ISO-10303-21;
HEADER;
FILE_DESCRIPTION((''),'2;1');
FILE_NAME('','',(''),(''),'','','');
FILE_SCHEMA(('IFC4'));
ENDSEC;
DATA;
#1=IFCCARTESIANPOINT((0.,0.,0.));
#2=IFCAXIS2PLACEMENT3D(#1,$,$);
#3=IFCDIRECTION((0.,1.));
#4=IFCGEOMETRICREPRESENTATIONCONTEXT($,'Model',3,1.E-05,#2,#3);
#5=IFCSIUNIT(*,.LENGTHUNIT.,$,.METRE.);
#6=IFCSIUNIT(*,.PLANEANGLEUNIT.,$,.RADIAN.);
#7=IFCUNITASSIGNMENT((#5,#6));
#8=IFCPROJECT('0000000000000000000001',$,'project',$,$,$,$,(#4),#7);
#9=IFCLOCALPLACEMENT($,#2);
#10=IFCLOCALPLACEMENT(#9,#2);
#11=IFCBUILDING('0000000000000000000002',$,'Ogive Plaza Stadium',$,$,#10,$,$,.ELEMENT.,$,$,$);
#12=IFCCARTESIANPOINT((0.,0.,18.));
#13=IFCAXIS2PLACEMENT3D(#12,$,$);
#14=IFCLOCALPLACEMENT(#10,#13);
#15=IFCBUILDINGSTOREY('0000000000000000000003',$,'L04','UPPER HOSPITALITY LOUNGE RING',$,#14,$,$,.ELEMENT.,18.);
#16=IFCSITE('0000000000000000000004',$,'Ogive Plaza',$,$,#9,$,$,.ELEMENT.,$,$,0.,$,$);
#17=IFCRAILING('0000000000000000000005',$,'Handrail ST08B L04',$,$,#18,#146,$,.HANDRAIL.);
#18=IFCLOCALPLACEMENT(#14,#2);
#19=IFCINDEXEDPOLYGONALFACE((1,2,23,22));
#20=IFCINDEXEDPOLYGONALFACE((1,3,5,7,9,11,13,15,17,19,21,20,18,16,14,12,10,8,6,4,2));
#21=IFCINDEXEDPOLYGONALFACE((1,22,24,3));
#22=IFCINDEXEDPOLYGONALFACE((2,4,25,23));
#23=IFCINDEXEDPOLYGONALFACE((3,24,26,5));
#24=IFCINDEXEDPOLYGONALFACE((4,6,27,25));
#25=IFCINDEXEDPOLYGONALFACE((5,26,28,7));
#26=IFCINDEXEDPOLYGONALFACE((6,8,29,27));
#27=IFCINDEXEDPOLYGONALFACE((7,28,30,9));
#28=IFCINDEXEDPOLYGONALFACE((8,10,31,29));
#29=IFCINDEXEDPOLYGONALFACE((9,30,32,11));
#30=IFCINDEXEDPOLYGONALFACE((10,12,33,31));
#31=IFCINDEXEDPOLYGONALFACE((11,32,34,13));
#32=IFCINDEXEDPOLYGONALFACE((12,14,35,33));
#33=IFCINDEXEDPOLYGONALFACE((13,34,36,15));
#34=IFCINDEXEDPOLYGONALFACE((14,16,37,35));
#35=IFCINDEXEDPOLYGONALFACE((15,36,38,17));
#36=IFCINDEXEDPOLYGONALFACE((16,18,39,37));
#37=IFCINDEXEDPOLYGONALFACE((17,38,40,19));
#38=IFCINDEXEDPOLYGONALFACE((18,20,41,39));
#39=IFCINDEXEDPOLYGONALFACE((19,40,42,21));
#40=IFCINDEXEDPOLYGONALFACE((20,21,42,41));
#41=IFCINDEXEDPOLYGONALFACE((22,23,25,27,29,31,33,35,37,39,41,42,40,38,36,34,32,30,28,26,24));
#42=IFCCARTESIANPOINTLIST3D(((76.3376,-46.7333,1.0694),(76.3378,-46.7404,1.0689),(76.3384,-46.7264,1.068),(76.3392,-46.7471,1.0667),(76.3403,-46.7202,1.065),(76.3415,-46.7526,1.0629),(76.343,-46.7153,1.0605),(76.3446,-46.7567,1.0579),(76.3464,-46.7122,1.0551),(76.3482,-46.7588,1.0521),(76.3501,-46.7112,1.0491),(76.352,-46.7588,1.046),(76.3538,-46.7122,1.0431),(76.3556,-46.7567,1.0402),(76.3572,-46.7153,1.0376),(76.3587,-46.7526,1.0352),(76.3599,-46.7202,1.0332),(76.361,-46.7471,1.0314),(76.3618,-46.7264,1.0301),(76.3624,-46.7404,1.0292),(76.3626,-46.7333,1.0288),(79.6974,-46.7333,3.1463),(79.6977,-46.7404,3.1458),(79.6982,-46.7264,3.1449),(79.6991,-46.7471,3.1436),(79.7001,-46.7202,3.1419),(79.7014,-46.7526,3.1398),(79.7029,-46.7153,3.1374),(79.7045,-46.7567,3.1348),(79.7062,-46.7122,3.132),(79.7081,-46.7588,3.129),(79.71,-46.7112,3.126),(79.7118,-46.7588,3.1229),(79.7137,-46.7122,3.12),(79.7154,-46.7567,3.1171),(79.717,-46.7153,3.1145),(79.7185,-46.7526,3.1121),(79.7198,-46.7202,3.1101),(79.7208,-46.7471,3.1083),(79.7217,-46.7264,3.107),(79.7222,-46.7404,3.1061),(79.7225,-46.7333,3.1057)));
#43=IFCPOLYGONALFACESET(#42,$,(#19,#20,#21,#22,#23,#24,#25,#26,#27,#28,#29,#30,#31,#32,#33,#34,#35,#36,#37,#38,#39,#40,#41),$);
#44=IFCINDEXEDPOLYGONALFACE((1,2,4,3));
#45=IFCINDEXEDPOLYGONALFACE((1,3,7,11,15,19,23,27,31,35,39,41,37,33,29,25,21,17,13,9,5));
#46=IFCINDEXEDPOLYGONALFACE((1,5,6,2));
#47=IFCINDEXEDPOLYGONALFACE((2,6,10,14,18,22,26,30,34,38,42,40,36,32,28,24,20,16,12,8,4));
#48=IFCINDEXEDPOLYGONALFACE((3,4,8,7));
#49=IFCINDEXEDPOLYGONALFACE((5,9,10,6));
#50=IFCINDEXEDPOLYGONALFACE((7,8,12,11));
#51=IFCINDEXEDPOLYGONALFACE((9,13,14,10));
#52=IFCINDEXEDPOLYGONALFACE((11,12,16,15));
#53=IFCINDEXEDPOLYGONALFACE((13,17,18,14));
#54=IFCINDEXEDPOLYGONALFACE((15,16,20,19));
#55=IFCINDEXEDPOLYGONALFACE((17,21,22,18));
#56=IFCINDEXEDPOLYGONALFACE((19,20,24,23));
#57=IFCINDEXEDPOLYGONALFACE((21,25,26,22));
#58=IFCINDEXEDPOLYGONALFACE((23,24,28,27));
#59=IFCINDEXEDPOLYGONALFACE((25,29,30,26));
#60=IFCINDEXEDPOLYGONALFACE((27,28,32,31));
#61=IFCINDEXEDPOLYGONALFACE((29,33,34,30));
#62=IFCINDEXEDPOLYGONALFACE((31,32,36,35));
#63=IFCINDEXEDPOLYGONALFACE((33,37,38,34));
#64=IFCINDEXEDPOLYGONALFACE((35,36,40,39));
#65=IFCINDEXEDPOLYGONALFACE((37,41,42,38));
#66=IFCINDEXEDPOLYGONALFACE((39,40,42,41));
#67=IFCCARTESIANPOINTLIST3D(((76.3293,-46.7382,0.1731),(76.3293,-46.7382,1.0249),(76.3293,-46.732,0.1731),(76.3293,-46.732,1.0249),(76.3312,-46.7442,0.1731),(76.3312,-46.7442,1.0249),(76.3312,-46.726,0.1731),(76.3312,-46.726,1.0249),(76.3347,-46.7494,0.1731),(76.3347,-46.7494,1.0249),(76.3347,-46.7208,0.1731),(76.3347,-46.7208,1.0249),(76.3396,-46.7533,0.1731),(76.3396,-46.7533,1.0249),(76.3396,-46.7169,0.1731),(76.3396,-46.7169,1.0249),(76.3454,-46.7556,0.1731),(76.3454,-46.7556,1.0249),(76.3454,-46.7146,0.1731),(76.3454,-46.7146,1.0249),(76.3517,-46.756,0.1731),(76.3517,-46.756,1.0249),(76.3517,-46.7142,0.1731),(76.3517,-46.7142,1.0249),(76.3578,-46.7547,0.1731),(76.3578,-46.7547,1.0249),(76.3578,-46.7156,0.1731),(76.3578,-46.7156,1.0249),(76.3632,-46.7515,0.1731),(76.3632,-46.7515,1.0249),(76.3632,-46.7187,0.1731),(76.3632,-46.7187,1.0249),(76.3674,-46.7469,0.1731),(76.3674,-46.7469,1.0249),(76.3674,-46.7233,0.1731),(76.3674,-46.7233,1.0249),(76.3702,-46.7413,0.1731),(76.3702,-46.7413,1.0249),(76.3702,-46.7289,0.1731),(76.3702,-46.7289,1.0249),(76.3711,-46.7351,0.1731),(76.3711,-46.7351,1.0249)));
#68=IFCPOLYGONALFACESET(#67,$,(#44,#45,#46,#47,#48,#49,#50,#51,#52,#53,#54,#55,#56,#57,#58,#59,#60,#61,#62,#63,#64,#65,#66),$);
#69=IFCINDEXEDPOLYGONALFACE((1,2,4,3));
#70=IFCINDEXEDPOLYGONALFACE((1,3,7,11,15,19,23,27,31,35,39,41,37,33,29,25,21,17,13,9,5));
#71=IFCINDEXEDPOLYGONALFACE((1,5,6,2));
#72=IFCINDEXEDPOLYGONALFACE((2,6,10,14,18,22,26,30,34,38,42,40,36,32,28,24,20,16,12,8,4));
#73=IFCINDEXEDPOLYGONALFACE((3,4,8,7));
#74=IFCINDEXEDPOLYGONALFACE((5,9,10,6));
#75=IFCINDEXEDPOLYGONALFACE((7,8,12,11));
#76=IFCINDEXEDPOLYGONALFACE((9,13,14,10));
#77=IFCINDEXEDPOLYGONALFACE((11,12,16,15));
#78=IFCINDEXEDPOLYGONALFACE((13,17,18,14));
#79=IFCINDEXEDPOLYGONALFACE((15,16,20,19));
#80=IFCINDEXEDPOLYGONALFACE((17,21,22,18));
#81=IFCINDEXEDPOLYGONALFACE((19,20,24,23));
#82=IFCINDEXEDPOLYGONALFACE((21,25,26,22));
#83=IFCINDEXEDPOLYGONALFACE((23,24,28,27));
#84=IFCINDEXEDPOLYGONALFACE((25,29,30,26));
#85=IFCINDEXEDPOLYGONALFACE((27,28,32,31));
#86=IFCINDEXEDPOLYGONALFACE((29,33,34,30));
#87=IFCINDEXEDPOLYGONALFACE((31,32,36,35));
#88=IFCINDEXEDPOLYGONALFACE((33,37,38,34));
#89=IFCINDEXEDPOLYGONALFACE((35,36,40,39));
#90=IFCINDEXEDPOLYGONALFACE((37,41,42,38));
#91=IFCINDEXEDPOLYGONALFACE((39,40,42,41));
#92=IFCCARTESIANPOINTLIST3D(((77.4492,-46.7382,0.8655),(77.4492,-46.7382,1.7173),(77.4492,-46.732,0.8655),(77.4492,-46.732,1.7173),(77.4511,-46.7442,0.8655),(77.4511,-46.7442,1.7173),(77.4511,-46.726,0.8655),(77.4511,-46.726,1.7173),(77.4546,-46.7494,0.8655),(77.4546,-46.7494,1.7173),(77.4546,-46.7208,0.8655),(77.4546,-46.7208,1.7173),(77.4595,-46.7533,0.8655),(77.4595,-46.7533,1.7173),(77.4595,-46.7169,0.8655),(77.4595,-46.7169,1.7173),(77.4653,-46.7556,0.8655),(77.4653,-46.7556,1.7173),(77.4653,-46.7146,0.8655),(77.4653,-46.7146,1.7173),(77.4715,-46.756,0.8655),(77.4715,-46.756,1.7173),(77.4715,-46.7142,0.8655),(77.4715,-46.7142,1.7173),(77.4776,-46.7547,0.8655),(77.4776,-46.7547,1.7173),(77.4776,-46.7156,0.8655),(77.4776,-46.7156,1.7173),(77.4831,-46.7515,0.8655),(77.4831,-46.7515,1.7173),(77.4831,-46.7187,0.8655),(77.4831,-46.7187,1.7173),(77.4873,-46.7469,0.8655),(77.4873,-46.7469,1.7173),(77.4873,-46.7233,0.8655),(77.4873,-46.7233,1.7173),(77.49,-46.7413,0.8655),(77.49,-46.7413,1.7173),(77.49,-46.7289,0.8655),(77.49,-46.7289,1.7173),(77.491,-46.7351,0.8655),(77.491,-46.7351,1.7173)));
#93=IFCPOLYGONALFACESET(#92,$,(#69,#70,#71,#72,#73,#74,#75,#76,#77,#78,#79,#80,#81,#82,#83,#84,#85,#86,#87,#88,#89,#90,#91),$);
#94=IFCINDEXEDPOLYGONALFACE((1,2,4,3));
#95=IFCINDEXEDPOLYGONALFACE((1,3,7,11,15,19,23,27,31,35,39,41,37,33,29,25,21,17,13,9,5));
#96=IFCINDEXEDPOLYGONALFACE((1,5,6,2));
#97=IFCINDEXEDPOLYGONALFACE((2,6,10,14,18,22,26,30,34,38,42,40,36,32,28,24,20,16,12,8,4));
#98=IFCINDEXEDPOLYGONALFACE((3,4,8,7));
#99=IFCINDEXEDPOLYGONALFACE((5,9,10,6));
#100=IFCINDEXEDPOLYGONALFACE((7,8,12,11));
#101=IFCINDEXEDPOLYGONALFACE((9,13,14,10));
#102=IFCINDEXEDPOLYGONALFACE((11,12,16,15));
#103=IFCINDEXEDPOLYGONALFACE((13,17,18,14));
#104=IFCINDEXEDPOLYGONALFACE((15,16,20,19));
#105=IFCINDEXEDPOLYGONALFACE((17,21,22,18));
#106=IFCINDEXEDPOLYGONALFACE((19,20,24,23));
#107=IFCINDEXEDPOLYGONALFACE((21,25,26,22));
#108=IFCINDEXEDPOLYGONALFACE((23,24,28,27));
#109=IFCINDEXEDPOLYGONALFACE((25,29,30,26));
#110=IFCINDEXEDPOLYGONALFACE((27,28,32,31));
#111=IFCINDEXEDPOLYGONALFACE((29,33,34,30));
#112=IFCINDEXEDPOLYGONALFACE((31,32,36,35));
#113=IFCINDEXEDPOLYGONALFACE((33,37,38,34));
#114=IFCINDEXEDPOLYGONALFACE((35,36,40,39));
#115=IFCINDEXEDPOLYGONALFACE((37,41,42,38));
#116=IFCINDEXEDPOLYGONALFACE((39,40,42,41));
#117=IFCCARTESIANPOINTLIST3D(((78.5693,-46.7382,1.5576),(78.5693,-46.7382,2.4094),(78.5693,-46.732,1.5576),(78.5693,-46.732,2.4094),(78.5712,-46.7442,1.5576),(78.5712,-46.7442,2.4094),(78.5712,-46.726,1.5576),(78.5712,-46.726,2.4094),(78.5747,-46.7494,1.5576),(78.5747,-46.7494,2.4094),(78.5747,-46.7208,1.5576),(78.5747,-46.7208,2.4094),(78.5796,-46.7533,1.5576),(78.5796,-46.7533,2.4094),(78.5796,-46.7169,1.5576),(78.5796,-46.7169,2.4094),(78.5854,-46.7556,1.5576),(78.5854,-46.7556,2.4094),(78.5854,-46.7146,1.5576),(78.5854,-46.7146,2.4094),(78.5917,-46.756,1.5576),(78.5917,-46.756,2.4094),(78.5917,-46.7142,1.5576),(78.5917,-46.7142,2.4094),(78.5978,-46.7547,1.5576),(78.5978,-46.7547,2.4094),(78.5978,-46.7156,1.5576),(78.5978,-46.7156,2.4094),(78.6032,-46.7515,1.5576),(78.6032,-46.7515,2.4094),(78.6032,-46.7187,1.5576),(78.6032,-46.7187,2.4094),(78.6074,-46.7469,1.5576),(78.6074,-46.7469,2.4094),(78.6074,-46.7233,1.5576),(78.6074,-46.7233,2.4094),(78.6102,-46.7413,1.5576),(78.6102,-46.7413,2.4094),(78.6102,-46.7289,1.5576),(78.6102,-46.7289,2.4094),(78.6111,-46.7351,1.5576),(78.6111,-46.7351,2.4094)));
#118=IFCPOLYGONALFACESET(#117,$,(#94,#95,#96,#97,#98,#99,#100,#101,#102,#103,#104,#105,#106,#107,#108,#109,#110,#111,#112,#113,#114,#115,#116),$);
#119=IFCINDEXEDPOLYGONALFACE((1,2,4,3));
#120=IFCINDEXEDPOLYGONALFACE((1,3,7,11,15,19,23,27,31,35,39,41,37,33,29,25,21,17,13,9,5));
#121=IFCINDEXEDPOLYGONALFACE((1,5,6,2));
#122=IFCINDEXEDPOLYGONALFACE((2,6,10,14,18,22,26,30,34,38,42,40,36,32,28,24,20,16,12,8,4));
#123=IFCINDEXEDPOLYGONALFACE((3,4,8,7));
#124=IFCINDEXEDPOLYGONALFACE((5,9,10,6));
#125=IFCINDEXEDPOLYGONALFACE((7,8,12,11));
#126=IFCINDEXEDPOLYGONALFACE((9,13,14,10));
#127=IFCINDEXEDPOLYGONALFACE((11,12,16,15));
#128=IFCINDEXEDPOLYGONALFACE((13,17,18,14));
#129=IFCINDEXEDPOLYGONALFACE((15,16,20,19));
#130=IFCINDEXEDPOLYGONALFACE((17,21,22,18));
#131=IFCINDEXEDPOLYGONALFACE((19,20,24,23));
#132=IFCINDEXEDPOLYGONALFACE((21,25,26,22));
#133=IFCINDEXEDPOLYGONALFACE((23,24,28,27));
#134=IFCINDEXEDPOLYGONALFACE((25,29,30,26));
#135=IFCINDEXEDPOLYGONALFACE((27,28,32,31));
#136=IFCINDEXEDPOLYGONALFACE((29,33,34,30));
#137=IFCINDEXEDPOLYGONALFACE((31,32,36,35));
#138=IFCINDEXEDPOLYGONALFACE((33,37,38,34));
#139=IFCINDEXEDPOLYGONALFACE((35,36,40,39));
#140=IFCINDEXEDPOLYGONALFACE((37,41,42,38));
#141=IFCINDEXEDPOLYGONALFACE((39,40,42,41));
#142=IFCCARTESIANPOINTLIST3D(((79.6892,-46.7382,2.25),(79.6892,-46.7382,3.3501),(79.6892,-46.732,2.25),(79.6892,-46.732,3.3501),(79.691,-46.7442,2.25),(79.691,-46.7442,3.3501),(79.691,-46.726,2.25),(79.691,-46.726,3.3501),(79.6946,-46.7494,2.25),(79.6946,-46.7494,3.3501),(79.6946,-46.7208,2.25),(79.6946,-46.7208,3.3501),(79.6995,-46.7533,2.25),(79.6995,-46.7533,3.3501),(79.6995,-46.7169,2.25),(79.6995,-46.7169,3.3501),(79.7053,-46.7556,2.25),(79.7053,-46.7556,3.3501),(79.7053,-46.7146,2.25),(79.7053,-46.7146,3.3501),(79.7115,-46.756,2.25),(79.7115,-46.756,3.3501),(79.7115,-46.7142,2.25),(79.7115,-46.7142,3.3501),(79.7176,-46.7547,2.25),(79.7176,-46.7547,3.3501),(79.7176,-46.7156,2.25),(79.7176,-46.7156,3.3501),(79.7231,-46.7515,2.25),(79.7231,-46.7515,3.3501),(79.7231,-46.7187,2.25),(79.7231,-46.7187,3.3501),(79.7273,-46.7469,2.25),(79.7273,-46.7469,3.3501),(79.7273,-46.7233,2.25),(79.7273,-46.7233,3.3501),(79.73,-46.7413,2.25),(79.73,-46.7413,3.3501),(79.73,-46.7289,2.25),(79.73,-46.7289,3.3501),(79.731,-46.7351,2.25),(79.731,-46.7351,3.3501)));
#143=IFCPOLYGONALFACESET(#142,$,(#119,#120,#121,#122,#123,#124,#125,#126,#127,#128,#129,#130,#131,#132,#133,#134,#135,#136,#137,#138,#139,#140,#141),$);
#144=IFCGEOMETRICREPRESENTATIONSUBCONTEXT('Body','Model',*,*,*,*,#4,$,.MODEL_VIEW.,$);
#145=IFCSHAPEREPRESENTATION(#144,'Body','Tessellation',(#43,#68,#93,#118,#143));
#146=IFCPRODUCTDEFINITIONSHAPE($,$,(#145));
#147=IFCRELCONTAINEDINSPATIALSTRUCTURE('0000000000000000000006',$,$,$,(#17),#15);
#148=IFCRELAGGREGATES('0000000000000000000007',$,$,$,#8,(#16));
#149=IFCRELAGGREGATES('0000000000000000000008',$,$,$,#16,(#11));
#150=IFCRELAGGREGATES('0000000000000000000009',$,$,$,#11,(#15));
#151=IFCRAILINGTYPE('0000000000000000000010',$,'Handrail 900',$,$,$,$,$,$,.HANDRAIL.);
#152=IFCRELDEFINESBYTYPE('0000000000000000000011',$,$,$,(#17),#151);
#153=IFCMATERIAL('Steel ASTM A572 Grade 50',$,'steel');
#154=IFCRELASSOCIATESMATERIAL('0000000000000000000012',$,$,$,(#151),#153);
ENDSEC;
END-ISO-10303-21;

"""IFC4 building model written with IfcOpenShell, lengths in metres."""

from ifc_helpers import new_model, si_unit, direction, frame, origin, origin_2d, place, context, subcontext, project, spatial, circle, extrude, material, type_object, element, save


model = new_model("IFC4")

# Units and contexts
model_context = context("Model", 3, precision=1e-05, world=origin(), true_north=direction((0.0, 1.0)))
body_context = subcontext(model_context, "Body", "Model", "MODEL_VIEW")
ifc_project = project(units=[si_unit("LENGTHUNIT", "METRE"), si_unit("PLANEANGLEUNIT", "RADIAN")], contexts=[model_context])

# Site, building, storey
site_placement = place(None, origin())
site = spatial("IfcSite", under=ifc_project, at=site_placement, Name="Ogive Plaza", CompositionType="ELEMENT", RefElevation=0.0)
building_placement = place(site_placement, origin())
building = spatial("IfcBuilding", under=site, at=building_placement, Name="Ogive Plaza Stadium", CompositionType="ELEMENT")
storey_placement = place(building_placement, frame((0.0, 0.0, 18.0)))
storey = spatial("IfcBuildingStorey", under=building, at=storey_placement, Name="L04", Description="UPPER HOSPITALITY LOUNGE RING", CompositionType="ELEMENT", Elevation=18.0)

# Railing
ifc_material_1 = material(Name="Steel ASTM A572 Grade 50", Category="steel")
railing_type_1 = type_object("IfcRailingType", Name="Handrail 900", PredefinedType="HANDRAIL", material=ifc_material_1)
for number, where, name in (
    (1, (76.3501, -46.7351, 0.1731), "Handrail ST08B L04"),
):
    element("IfcRailing", number, at=place(storey_placement, frame(where)), inside=storey, type_object=railing_type_1, Name=name, PredefinedType="HANDRAIL", context=body_context, shape_type="SweptSolid", body=[
        extrude(circle(Radius=0.0239, at=origin_2d()), frame((0.0, 0.0, 0.876), z_axis=(0.850606, 0.0, 0.525803), x_axis=(0.0, 1.0, 0.0)), (0.0, 0.0, 1.0), 3.95),
        extrude(circle(Radius=0.021, at=origin_2d()), origin(), (0.0, 0.0, 1.0), 0.8518),
        extrude(circle(Radius=0.021, at=origin_2d()), frame((1.1199, 0.0, 0.6924)), (0.0, 0.0, 1.0), 0.8518),
        extrude(circle(Radius=0.021, at=origin_2d()), frame((2.24, 0.0, 1.3845)), (0.0, 0.0, 1.0), 0.8518),
        extrude(circle(Radius=0.021, at=origin_2d()), frame((3.3599, 0.0, 2.0769)), (0.0, 0.0, 1.0), 1.1001),
    ])

save(model, "model.ifc")
